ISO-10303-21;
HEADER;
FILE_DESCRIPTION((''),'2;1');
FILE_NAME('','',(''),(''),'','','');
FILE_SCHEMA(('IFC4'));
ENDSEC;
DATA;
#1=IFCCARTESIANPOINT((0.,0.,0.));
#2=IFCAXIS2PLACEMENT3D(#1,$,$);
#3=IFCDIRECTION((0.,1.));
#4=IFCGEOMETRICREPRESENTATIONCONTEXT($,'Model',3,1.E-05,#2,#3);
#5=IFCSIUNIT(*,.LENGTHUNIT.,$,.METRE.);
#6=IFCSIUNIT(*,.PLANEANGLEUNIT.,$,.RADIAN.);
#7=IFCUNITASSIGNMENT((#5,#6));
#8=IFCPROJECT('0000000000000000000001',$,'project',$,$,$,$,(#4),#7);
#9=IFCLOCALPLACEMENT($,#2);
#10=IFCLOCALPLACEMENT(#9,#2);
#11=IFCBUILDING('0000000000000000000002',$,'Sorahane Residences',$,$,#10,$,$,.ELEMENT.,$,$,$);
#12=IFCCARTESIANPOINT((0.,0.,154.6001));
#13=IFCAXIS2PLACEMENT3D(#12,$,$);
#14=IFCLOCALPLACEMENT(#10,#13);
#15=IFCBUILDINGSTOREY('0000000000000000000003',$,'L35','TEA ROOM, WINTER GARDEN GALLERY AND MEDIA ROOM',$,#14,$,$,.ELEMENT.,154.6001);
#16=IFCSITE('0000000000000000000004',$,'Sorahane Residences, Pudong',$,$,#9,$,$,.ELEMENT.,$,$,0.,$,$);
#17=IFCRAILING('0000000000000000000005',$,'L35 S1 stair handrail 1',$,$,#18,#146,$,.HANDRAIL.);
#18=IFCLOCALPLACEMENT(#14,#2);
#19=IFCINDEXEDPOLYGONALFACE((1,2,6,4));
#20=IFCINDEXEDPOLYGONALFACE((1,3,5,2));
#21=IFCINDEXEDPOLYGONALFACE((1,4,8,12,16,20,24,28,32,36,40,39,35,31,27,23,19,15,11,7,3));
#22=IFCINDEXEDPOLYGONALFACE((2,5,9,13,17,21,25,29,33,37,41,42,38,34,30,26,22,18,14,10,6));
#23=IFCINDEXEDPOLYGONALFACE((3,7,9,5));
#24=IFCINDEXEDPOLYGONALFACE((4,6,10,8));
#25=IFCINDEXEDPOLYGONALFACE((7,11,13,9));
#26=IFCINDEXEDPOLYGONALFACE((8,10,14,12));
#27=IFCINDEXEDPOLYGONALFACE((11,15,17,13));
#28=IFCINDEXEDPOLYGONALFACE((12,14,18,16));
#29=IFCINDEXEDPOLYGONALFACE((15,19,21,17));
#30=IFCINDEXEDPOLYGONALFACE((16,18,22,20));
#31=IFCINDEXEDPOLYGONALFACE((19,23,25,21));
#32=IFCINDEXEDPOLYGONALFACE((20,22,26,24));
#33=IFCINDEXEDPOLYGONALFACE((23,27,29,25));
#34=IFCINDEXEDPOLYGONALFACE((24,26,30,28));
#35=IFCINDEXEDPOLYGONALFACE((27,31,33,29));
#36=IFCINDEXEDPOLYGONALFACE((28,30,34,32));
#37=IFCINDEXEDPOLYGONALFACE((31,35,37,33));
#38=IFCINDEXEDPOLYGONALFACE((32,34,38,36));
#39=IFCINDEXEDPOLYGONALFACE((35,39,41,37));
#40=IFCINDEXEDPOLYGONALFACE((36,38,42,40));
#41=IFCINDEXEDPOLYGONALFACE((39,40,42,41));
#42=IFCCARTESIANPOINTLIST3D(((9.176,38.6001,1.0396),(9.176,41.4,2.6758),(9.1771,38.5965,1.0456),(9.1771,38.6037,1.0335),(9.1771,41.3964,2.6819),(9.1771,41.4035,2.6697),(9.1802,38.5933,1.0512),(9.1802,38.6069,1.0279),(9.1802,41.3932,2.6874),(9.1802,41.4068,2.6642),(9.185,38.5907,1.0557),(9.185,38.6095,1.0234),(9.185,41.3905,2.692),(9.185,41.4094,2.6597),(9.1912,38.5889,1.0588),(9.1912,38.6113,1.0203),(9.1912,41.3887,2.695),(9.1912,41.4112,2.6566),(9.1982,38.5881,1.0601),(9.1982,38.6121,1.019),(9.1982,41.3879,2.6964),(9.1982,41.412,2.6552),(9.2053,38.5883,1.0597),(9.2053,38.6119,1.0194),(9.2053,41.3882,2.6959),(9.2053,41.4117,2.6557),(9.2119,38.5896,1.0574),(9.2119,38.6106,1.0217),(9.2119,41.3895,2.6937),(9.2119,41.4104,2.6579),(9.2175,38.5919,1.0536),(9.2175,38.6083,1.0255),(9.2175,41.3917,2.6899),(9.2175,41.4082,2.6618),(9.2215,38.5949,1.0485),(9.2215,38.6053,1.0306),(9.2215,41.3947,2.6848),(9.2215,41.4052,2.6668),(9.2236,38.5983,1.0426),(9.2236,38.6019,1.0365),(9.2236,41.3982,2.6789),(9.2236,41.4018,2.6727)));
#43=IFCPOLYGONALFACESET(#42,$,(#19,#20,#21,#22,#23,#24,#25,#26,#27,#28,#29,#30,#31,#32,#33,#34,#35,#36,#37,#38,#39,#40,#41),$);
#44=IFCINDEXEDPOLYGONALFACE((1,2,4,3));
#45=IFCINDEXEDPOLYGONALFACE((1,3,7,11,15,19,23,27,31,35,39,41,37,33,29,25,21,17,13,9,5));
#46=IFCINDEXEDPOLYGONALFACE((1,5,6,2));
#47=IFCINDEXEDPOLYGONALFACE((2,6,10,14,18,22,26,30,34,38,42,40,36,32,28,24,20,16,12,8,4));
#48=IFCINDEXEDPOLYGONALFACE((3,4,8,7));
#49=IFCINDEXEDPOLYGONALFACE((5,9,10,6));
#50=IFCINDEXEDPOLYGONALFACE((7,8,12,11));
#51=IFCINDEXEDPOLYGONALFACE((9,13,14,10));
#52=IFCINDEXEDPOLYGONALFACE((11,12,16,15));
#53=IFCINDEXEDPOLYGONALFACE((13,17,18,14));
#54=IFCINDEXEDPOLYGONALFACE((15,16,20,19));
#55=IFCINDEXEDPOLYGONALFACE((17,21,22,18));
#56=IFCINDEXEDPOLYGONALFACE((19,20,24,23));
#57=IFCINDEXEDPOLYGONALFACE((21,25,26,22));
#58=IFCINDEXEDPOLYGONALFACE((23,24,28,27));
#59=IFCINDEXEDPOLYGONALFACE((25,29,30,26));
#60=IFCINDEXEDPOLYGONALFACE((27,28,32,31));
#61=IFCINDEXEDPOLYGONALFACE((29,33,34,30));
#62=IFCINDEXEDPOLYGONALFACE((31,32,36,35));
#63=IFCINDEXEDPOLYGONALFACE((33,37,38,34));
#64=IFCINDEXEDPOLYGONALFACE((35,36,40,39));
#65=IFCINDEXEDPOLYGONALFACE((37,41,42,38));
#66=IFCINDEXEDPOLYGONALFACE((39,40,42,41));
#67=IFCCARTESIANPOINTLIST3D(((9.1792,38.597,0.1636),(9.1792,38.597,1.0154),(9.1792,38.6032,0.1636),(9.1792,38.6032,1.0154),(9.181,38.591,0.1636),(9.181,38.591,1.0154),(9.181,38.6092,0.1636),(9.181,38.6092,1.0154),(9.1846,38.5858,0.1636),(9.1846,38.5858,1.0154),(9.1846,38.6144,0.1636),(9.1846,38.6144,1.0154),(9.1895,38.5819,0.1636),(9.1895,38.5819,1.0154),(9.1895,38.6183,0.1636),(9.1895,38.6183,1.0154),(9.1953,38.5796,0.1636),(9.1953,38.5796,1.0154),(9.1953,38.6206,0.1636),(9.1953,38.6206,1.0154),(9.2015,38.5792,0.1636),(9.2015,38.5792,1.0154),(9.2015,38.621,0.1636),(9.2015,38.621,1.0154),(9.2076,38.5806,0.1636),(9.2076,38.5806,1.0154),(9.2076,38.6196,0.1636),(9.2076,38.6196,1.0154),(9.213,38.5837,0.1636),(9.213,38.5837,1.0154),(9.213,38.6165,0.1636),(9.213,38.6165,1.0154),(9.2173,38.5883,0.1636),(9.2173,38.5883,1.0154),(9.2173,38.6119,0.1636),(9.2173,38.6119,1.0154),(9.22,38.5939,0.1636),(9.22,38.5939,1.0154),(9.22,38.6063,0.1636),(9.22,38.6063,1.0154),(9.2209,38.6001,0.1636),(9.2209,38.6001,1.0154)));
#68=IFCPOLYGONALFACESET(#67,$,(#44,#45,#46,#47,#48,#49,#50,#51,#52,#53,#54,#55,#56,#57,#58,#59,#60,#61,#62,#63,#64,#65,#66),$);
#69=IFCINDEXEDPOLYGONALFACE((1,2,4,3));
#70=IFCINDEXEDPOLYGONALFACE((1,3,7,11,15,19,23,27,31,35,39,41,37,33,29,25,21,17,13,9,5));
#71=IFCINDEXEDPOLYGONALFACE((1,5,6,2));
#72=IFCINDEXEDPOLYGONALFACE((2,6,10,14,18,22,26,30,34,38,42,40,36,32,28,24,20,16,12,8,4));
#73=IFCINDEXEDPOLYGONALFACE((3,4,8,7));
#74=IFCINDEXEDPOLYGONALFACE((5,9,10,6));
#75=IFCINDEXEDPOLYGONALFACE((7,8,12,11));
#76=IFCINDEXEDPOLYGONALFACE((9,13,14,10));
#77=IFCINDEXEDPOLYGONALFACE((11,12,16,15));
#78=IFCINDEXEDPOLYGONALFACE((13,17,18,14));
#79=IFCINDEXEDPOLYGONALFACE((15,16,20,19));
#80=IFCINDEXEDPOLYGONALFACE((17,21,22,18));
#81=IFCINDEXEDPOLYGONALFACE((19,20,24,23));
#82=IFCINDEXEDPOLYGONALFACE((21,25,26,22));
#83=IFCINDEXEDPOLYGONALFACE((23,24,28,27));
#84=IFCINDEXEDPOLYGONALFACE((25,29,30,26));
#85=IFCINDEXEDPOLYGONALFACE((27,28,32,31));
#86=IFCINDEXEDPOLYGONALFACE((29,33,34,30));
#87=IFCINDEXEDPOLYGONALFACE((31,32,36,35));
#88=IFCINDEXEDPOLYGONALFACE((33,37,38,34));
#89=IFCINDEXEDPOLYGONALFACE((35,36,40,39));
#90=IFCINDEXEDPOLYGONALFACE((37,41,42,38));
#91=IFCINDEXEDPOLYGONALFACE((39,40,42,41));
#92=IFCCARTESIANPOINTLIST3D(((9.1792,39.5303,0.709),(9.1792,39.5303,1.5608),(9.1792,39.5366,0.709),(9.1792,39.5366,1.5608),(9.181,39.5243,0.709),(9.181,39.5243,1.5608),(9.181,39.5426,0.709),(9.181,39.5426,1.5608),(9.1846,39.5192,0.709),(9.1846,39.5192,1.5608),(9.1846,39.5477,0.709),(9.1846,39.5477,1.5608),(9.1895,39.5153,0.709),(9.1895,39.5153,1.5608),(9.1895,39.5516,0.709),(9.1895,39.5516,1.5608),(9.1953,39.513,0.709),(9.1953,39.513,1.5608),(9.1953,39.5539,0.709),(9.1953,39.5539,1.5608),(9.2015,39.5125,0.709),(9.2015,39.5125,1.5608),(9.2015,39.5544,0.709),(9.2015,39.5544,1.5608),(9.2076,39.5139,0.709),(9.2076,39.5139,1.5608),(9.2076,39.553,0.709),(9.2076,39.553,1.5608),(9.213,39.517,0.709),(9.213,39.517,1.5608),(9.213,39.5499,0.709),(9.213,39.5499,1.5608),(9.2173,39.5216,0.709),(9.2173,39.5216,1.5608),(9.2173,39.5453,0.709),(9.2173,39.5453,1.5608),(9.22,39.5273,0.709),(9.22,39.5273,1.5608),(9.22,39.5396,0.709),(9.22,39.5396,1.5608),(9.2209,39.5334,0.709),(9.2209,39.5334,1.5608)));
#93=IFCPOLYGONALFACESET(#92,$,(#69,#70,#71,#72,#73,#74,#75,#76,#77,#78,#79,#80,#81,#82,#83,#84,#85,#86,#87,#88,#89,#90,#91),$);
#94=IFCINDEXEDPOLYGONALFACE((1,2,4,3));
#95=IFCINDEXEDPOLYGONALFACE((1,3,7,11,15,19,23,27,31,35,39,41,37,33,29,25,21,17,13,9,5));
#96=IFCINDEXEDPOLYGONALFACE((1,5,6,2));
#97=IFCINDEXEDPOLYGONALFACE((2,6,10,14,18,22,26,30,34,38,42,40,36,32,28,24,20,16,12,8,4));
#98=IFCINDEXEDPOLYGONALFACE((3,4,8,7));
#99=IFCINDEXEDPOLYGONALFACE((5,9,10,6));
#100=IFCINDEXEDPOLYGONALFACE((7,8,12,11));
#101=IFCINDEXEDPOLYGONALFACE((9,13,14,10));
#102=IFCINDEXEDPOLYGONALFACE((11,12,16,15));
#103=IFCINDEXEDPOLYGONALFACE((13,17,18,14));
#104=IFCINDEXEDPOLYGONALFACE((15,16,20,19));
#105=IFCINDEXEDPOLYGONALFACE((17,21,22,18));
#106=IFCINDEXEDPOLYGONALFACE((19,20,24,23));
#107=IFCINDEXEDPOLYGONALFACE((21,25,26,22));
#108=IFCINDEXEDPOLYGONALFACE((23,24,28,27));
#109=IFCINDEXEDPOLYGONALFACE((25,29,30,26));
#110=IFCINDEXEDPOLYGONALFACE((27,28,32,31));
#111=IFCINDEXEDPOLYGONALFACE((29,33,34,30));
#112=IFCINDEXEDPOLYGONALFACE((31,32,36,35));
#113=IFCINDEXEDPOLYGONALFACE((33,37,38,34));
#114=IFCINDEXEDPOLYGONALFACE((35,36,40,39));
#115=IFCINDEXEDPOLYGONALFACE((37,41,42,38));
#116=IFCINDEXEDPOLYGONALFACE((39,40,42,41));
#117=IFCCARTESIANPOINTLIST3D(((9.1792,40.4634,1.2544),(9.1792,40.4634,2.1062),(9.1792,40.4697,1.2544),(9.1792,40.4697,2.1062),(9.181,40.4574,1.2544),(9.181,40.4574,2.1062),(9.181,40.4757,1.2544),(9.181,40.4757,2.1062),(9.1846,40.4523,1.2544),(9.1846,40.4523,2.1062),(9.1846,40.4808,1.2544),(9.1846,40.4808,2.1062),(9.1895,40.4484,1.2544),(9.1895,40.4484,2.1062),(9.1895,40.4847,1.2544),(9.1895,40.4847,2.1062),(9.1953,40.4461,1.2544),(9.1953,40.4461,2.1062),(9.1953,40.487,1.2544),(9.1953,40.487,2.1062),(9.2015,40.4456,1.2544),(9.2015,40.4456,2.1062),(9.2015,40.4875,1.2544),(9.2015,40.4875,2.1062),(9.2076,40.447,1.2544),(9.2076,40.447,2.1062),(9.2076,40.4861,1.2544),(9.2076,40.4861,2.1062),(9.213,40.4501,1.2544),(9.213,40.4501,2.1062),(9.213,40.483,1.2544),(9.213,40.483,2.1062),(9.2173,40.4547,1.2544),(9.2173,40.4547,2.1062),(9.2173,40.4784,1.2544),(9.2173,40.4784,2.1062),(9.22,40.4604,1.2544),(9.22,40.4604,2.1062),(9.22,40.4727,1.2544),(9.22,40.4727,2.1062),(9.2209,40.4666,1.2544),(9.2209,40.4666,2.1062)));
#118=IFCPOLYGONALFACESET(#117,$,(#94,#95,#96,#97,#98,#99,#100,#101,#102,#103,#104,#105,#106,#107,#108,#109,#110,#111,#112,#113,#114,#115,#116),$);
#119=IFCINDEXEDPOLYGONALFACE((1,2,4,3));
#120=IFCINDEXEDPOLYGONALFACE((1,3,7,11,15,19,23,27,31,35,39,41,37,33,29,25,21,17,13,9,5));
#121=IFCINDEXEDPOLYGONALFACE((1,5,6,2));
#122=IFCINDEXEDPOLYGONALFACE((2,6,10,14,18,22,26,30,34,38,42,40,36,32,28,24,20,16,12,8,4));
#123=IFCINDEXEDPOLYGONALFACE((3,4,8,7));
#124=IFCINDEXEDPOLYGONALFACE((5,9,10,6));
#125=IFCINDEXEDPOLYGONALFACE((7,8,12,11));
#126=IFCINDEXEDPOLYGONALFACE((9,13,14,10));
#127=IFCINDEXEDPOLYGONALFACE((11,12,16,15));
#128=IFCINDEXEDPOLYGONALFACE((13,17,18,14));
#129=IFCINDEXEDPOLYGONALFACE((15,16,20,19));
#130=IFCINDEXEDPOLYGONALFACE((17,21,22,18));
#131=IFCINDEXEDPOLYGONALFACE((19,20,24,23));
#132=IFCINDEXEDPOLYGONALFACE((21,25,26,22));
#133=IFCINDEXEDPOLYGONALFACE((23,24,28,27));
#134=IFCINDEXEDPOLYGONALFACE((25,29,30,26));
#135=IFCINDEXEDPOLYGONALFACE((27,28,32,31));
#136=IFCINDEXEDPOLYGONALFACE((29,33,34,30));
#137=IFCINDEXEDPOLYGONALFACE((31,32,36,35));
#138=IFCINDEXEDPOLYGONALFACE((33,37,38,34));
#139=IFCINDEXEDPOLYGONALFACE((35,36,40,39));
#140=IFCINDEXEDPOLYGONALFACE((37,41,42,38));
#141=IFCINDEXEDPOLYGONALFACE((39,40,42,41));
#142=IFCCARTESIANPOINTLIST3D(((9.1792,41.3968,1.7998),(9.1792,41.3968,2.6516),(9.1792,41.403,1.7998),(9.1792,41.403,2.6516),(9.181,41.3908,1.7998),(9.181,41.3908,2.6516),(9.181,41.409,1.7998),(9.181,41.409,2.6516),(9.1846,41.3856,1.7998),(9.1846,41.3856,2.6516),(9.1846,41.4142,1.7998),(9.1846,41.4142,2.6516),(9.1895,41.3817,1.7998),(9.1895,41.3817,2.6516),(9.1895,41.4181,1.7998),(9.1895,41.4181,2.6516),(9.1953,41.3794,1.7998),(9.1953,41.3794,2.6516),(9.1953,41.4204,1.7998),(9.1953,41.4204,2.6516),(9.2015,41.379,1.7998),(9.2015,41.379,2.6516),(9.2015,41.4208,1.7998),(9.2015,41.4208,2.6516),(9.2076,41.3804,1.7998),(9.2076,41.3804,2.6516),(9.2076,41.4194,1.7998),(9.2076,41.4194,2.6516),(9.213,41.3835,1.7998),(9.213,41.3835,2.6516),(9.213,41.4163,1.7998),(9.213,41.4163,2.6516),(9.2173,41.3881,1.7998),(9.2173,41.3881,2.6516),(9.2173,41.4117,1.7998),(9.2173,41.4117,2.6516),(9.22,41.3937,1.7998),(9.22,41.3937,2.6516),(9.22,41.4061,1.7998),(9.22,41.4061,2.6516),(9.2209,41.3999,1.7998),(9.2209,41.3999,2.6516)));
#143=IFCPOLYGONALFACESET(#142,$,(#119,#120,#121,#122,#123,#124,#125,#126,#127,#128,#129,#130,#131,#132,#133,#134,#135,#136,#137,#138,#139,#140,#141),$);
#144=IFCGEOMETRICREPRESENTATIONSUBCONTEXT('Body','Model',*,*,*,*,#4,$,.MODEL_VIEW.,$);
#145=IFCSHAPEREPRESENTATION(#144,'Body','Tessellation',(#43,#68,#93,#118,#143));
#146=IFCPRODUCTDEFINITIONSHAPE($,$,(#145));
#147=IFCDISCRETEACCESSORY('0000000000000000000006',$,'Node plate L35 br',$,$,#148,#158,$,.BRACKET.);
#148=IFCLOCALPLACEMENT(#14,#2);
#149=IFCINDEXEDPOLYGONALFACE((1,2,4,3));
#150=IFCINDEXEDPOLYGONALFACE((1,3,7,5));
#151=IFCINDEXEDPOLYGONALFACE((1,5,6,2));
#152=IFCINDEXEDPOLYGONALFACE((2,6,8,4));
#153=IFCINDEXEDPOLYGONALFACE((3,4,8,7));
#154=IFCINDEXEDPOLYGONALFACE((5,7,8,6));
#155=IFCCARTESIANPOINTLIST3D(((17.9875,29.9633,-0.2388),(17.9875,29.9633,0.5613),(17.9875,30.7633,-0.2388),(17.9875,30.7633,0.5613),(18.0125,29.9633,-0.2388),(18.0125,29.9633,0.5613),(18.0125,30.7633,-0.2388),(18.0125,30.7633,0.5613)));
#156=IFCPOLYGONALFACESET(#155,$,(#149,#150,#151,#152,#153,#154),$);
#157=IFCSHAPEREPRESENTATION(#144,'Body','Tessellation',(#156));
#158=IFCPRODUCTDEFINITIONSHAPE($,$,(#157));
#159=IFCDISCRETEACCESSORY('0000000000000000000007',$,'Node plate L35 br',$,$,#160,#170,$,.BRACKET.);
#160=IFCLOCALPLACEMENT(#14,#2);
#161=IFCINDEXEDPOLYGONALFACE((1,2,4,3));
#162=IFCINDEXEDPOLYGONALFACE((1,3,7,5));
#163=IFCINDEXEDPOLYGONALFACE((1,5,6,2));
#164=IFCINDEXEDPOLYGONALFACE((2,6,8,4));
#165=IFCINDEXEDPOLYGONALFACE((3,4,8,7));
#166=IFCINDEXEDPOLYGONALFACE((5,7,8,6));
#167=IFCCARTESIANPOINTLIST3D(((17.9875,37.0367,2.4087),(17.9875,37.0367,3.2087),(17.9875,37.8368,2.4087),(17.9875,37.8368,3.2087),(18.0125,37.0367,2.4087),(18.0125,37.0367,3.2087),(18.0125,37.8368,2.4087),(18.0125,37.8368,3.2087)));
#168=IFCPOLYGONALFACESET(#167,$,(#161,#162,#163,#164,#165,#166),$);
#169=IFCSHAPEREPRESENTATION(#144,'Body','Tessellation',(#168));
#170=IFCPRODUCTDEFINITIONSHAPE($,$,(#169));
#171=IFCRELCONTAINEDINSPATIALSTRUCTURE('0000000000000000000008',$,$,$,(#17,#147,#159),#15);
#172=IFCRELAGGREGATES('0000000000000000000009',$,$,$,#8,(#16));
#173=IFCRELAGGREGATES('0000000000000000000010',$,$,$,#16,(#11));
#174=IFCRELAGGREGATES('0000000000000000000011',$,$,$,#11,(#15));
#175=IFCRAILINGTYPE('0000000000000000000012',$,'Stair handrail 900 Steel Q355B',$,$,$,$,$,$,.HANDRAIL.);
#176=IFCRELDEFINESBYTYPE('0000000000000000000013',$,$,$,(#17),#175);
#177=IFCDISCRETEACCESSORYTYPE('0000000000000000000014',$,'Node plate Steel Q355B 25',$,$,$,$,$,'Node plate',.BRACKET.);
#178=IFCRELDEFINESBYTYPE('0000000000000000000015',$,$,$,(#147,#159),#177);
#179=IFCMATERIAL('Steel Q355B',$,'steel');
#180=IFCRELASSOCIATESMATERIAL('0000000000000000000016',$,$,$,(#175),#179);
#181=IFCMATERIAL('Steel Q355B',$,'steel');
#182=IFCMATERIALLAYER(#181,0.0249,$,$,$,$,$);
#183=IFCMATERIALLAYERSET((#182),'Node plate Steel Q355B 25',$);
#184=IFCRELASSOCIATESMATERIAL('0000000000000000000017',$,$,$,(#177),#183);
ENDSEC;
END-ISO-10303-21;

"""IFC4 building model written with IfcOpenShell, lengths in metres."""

from ifc_helpers import new_model, si_unit, direction, frame, origin, origin_2d, place, context, subcontext, project, spatial, rectangle, circle, extrude, material, layer, layer_set, type_object, element, save


model = new_model("IFC4")

# Units and contexts
model_context = context("Model", 3, precision=1e-05, world=origin(), true_north=direction((0.0, 1.0)))
body_context = subcontext(model_context, "Body", "Model", "MODEL_VIEW")
ifc_project = project(units=[si_unit("LENGTHUNIT", "METRE"), si_unit("PLANEANGLEUNIT", "RADIAN")], contexts=[model_context])

# Site, building, storey
site_placement = place(None, origin())
site = spatial("IfcSite", under=ifc_project, at=site_placement, Name="Sorahane Residences, Pudong", CompositionType="ELEMENT", RefElevation=0.0)
building_placement = place(site_placement, origin())
building = spatial("IfcBuilding", under=site, at=building_placement, Name="Sorahane Residences", CompositionType="ELEMENT")
storey_placement = place(building_placement, frame((0.0, 0.0, 154.6001)))
storey = spatial("IfcBuildingStorey", under=building, at=storey_placement, Name="L35", Description="TEA ROOM, WINTER GARDEN GALLERY AND MEDIA ROOM", CompositionType="ELEMENT", Elevation=154.6001)

# Railing
ifc_material_1 = material(Name="Steel Q355B", Category="steel")
railing_type_1 = type_object("IfcRailingType", Name="Stair handrail 900 Steel Q355B", PredefinedType="HANDRAIL", material=ifc_material_1)
railing_1_placement = place(storey_placement, frame((9.2, 38.6001, 0.1636)))
element("IfcRailing", 1, at=railing_1_placement, inside=storey, type_object=railing_type_1, Name="L35 S1 stair handrail 1", PredefinedType="HANDRAIL", context=body_context, shape_type="SweptSolid", body=[
    extrude(circle(Radius=0.0239, at=origin_2d()), frame((0.0, 0.0, 0.876), z_axis=(0.0, 0.863374, 0.504564), x_axis=(-1.0, 0.0, 0.0)), (0.0, 0.0, 1.0), 3.2429),
    extrude(circle(Radius=0.021, at=origin_2d()), origin(), (0.0, 0.0, 1.0), 0.8518),
    extrude(circle(Radius=0.021, at=origin_2d()), frame((0.0, 0.9333, 0.5454)), (0.0, 0.0, 1.0), 0.8518),
    extrude(circle(Radius=0.021, at=origin_2d()), frame((0.0, 1.8665, 1.0908)), (0.0, 0.0, 1.0), 0.8518),
    extrude(circle(Radius=0.021, at=origin_2d()), frame((0.0, 2.7998, 1.6362)), (0.0, 0.0, 1.0), 0.8518),
])

# Discrete accessories
ifc_material_2 = material(Name="Steel Q355B", Category="steel")
ifc_layer_1 = layer(ifc_material_2, 0.0249)
ifc_layer_set_1 = layer_set([ifc_layer_1], Name="Node plate Steel Q355B 25")
discrete_accessory_type = type_object("IfcDiscreteAccessoryType", Name="Node plate Steel Q355B 25", ElementType="Node plate", PredefinedType="BRACKET", material=ifc_layer_set_1)
for number, where, z_axis, x_axis, name in (
    (2, (18.0, 30.3633, -0.2388), (0.0, 0.0, 1.0), (0.0, 1.0, 0.0), "Node plate L35 br"),
    (3, (18.0, 37.4368, 2.4087), (0.0, 0.0, 1.0), (0.0, 1.0, 0.0), "Node plate L35 br"),
):
    element("IfcDiscreteAccessory", number, at=place(storey_placement, frame(where, z_axis=z_axis, x_axis=x_axis)), inside=storey, type_object=discrete_accessory_type, Name=name, PredefinedType="BRACKET", context=body_context, shape_type="SweptSolid", body=[
        extrude(rectangle(XDim=0.8, YDim=0.0249, at=origin_2d()), origin(), (0.0, 0.0, 1.0), 0.8),
    ])

save(model, "model.ifc")
